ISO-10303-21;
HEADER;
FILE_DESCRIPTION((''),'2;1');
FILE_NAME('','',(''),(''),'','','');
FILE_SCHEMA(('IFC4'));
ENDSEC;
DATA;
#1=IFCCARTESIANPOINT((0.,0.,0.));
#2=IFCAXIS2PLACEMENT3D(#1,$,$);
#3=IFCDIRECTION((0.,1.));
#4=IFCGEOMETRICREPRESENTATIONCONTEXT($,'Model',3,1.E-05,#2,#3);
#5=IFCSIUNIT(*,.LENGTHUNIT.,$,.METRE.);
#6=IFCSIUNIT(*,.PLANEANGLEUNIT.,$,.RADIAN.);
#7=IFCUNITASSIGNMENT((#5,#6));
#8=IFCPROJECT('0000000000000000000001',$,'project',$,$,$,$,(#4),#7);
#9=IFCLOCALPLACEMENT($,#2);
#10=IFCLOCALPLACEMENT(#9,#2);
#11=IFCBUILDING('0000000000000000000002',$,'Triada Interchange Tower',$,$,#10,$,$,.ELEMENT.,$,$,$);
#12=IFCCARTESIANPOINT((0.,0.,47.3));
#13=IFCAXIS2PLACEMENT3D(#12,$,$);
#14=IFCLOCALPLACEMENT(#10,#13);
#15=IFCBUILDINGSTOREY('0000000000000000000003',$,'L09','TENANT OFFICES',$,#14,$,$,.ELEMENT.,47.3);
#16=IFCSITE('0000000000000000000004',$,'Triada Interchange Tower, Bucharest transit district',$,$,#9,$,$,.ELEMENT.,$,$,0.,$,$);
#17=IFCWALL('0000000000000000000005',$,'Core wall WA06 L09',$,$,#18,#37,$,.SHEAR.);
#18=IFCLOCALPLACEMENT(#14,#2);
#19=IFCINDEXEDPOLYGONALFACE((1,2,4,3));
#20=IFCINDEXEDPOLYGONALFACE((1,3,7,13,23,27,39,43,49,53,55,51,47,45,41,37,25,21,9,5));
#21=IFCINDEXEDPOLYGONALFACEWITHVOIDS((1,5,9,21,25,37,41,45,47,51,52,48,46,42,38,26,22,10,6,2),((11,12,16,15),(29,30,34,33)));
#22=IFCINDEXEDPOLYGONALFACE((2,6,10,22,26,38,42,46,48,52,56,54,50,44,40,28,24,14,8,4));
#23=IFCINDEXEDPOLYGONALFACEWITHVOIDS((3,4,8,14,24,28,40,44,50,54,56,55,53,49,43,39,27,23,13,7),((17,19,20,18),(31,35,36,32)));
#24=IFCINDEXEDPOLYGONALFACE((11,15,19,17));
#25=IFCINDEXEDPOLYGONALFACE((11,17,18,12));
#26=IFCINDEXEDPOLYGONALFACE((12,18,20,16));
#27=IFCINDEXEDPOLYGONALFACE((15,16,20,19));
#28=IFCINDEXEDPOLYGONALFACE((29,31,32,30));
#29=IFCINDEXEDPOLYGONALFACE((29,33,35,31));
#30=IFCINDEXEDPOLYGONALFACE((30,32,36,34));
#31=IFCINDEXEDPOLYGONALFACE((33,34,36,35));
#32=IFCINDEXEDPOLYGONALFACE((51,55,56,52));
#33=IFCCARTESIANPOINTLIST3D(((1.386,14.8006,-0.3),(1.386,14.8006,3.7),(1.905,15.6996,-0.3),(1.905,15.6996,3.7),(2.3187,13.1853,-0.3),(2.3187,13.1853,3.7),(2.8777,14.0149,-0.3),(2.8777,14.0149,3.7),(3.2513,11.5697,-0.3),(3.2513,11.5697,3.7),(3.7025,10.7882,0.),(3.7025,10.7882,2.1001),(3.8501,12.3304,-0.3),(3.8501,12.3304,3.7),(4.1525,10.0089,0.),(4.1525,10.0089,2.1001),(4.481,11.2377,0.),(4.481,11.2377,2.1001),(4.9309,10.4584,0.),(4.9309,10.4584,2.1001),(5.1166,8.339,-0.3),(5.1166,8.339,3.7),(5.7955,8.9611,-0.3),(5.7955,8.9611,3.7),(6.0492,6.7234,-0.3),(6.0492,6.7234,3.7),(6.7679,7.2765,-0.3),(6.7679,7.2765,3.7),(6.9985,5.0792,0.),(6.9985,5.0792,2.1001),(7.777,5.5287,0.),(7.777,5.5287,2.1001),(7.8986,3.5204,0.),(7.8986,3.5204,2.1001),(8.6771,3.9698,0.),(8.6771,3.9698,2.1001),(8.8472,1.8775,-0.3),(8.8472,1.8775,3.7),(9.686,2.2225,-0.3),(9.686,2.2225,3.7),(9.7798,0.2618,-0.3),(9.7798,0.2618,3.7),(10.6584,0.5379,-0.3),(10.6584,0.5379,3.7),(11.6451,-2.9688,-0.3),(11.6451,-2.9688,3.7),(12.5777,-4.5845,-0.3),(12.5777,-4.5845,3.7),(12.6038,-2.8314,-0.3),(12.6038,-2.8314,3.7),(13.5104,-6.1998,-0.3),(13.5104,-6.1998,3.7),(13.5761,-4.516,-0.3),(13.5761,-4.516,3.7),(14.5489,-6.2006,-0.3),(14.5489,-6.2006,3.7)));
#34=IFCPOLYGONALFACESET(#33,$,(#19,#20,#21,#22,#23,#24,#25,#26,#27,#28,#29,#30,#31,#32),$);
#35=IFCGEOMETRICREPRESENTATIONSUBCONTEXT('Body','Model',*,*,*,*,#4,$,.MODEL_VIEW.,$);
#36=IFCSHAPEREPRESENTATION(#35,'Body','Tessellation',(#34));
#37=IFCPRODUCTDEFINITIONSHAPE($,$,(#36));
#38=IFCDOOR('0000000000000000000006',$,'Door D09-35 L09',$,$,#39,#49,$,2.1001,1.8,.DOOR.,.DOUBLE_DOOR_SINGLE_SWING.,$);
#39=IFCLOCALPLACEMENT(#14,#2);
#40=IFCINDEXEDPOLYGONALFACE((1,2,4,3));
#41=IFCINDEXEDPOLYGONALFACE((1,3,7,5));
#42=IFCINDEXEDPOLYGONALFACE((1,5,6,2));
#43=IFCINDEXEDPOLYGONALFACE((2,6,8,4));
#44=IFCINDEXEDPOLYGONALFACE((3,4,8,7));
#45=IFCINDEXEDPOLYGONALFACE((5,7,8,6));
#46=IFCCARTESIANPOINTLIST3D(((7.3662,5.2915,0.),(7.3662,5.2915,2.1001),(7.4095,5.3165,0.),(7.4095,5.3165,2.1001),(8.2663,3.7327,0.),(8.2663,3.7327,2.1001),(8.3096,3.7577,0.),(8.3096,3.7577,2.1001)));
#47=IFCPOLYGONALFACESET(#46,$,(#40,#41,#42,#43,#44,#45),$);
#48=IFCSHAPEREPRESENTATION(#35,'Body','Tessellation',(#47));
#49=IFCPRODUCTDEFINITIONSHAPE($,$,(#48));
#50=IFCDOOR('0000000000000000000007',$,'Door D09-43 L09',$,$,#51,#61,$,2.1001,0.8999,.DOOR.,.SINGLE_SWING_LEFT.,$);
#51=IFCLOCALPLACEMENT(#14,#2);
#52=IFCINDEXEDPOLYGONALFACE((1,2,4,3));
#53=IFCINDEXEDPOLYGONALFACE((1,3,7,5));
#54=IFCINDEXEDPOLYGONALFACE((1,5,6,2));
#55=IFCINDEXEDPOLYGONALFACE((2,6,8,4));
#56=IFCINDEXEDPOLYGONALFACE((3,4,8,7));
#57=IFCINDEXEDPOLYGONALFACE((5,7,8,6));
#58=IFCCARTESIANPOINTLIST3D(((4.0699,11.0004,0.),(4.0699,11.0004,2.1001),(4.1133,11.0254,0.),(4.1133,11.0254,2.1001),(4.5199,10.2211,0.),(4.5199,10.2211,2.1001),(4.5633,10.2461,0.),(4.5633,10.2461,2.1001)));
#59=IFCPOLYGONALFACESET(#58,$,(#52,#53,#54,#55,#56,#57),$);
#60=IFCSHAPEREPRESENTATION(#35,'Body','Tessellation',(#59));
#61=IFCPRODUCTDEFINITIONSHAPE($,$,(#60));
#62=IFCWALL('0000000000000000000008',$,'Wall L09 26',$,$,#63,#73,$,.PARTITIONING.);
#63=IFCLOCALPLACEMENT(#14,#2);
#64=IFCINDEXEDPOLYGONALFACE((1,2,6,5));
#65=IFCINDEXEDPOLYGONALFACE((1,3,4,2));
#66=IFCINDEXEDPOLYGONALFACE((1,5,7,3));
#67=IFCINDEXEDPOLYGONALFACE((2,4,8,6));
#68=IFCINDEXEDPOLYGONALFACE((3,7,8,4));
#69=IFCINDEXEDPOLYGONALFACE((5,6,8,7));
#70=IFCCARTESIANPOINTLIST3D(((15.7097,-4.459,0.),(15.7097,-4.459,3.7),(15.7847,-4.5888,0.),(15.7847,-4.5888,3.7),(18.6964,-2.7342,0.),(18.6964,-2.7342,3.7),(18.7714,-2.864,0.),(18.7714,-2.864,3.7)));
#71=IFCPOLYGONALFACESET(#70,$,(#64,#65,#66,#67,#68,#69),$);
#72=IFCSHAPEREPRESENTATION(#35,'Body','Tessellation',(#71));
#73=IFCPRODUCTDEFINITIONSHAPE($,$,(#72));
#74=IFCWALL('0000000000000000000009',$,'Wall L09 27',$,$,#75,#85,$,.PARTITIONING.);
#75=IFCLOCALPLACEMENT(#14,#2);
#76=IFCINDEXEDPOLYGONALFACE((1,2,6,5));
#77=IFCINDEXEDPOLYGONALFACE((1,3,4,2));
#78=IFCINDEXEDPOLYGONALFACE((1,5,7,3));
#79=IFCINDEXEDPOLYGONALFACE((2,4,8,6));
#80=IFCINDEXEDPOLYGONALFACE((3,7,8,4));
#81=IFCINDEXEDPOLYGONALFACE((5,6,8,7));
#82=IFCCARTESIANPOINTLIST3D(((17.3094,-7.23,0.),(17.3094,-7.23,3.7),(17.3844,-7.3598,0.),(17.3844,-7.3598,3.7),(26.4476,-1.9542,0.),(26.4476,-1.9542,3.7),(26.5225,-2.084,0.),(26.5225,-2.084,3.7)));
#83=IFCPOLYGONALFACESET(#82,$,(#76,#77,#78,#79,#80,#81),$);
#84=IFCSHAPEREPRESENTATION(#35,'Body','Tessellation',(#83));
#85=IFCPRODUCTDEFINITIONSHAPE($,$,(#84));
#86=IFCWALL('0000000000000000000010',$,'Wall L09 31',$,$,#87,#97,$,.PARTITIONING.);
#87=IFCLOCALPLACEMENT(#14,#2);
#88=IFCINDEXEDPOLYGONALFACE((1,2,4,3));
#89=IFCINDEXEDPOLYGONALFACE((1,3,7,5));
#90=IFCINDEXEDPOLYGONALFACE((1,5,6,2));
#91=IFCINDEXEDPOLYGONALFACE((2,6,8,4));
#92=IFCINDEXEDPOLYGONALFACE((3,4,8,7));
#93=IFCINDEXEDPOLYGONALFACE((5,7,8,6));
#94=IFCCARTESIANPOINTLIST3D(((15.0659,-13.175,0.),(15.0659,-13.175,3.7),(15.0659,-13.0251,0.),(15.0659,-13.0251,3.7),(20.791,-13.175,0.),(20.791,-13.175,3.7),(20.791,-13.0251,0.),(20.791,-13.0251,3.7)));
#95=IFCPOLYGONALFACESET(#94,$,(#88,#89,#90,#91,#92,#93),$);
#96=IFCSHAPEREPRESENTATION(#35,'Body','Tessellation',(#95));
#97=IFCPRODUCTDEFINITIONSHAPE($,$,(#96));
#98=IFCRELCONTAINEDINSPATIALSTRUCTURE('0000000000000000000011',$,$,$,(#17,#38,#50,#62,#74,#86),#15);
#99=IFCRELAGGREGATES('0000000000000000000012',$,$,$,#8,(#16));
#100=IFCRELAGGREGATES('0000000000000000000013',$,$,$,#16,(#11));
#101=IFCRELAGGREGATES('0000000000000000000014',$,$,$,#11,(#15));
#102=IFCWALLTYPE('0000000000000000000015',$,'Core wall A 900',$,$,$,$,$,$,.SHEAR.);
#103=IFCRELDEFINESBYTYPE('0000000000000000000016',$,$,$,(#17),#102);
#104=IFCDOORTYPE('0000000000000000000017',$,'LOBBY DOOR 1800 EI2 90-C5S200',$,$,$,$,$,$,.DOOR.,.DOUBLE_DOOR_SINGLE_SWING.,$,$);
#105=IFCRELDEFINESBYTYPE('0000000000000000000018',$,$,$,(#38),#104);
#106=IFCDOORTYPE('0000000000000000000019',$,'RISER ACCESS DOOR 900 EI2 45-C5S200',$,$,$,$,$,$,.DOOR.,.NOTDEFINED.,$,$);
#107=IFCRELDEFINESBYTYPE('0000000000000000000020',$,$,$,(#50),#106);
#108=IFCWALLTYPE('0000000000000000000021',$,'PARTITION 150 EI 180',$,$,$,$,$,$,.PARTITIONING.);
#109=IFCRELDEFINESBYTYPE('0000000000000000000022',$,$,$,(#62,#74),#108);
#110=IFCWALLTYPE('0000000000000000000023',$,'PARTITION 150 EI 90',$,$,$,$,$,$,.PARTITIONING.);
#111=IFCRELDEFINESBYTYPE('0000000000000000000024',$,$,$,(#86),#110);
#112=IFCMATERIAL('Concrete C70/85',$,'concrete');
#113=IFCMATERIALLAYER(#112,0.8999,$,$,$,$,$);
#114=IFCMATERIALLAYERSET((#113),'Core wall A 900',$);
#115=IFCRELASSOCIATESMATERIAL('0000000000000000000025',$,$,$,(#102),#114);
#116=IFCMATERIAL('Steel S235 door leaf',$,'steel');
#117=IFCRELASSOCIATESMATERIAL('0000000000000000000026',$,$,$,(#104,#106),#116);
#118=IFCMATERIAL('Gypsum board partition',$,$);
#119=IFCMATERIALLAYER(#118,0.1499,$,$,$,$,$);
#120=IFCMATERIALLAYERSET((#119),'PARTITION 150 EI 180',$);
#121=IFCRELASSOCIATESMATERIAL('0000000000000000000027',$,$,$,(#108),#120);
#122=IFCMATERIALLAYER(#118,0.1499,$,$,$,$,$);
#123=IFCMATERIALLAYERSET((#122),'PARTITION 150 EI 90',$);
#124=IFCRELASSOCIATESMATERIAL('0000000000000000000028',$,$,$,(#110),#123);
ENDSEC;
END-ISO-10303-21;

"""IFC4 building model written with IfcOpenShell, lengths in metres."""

from ifc_helpers import new_model, si_unit, direction, frame, frame_2d, origin, place, context, subcontext, project, spatial, polyline, rectangle, outline, extrude, material, layer, layer_set, type_object, element, fill, save


model = new_model("IFC4")

# Units and contexts
model_context = context("Model", 3, precision=1e-05, world=origin(), true_north=direction((0.0, 1.0)))
body_context = subcontext(model_context, "Body", "Model", "MODEL_VIEW")
ifc_project = project(units=[si_unit("LENGTHUNIT", "METRE"), si_unit("PLANEANGLEUNIT", "RADIAN")], contexts=[model_context])

# Site, building, storey
site_placement = place(None, origin())
site = spatial("IfcSite", under=ifc_project, at=site_placement, Name="Triada Interchange Tower, Bucharest transit district", CompositionType="ELEMENT", RefElevation=0.0)
building_placement = place(site_placement, origin())
building = spatial("IfcBuilding", under=site, at=building_placement, Name="Triada Interchange Tower", CompositionType="ELEMENT")
storey_placement = place(building_placement, frame((0.0, 0.0, 47.3)))
storey = spatial("IfcBuildingStorey", under=building, at=storey_placement, Name="L09", Description="TENANT OFFICES", CompositionType="ELEMENT", Elevation=47.3)

# Shared definitions
ifc_material_1 = material(Name="Steel S235 door leaf", Category="steel")

# Shared definitions
ifc_material_2 = material(Name="Concrete C70/85", Category="concrete")
ifc_layer_1 = layer(ifc_material_2, 0.8999)
ifc_layer_set_1 = layer_set([ifc_layer_1], Name="Core wall A 900")
wall_type_1 = type_object("IfcWallType", Name="Core wall A 900", PredefinedType="SHEAR", material=ifc_layer_set_1)

# Wall, openings, doors
wall_1_placement = place(storey_placement, frame((14.03, -6.2, -0.3), z_axis=(0.0, 0.0, 1.0), x_axis=(-0.500026, 0.86601, 0.0)))
wall_1 = element("IfcWall", 1, at=wall_1_placement, inside=storey, type_object=wall_type_1, Name="Core wall WA06 L09", PredefinedType="SHEAR", context=body_context, shape_type="SweptSolid", body=[
    extrude(outline(polyline([(-0.26, -0.449), (1.6853, -0.449), (3.6304, -0.4492), (5.5757, -0.4492), (7.521, -0.4492), (9.4661, -0.4495), (11.4114, -0.4495), (13.3567, -0.4495), (15.302, -0.4495), (17.2471, -0.4497), (19.1924, -0.4497), (21.1377, -0.4497), (23.0828, -0.45), (25.0281, -0.45), (24.509, 0.449), (22.6438, 0.449), (20.7783, 0.4492), (18.9131, 0.4492), (17.0479, 0.4492), (15.1824, 0.4495), (13.3171, 0.4495), (11.4519, 0.4495), (9.5867, 0.4495), (7.7212, 0.4497), (5.856, 0.4497), (3.9907, 0.4497), (2.1252, 0.45), (0.26, 0.45), (-0.26, -0.449)])), origin(), (0.0, 0.0, 1.0), 4.0),
])
opening_1_placement = place(wall_1_placement, frame((11.4839, 0.0, 0.3)))
opening_1 = element("IfcOpeningElement", 2, at=opening_1_placement, cuts=wall_1, PredefinedType="OPENING", context=body_context, shape_type="SweptSolid", body=[
    extrude(rectangle(XDim=1.8, YDim=2.1001, at=frame_2d((0.8999, 1.05))), frame((0.0, 0.46, 0.0), z_axis=(0.0, -1.0, 0.0), x_axis=(1.0, 0.0, 0.0)), (0.0, 0.0, 1.0), 0.9199),
])
opening_2_placement = place(wall_1_placement, frame((18.9761, 0.0, 0.3)))
opening_2 = element("IfcOpeningElement", 3, at=opening_2_placement, cuts=wall_1, PredefinedType="OPENING", context=body_context, shape_type="SweptSolid", body=[
    extrude(rectangle(XDim=0.8999, YDim=2.1001, at=frame_2d((0.45, 1.05))), frame((0.0, 0.46, 0.0), z_axis=(0.0, -1.0, 0.0), x_axis=(1.0, 0.0, 0.0)), (0.0, 0.0, 1.0), 0.9199),
])
door_type_1 = type_object("IfcDoorType", Name="LOBBY DOOR 1800 EI2 90-C5S200", OperationType="DOUBLE_DOOR_SINGLE_SWING", PredefinedType="DOOR", material=ifc_material_1)
door_1_placement = place(opening_1_placement, origin())
door_1 = element("IfcDoor", 4, at=door_1_placement, inside=storey, type_object=door_type_1, Name="Door D09-35 L09", OperationType="DOUBLE_DOOR_SINGLE_SWING", OverallHeight=2.1001, OverallWidth=1.8, PredefinedType="DOOR", context=body_context, shape_type="SweptSolid", body=[
    extrude(rectangle(XDim=1.8, YDim=2.1001, at=frame_2d((0.8999, 1.05))), frame((0.0, 0.0249, 0.0), z_axis=(0.0, -1.0, 0.0), x_axis=(1.0, 0.0, 0.0)), (0.0, 0.0, 1.0), 0.05),
])
fill(opening_1, door_1)
door_type_2 = type_object("IfcDoorType", Name="RISER ACCESS DOOR 900 EI2 45-C5S200", OperationType="NOTDEFINED", PredefinedType="DOOR", material=ifc_material_1)
door_2_placement = place(opening_2_placement, origin())
door_2 = element("IfcDoor", 5, at=door_2_placement, inside=storey, type_object=door_type_2, Name="Door D09-43 L09", OperationType="SINGLE_SWING_LEFT", OverallHeight=2.1001, OverallWidth=0.8999, PredefinedType="DOOR", context=body_context, shape_type="SweptSolid", body=[
    extrude(rectangle(XDim=0.8999, YDim=2.1001, at=frame_2d((0.45, 1.05))), frame((0.0, 0.0249, 0.0), z_axis=(0.0, -1.0, 0.0), x_axis=(1.0, 0.0, 0.0)), (0.0, 0.0, 1.0), 0.05),
])
fill(opening_2, door_2)

# Walls
ifc_material_3 = material(Name="Gypsum board partition")
ifc_layer_2 = layer(ifc_material_3, 0.1499)
ifc_layer_set_2 = layer_set([ifc_layer_2], Name="PARTITION 150 EI 180")
wall_type_2 = type_object("IfcWallType", Name="PARTITION 150 EI 180", PredefinedType="PARTITIONING", material=ifc_layer_set_2)
wall_2_placement = place(storey_placement, frame((15.7471, -4.5239, 0.0), z_axis=(0.0, 0.0, 1.0), x_axis=(0.865973, 0.50009, 0.0)))
element("IfcWall", 6, at=wall_2_placement, inside=storey, type_object=wall_type_2, Name="Wall L09 26", PredefinedType="PARTITIONING", context=body_context, shape_type="SweptSolid", body=[
    extrude(rectangle(XDim=3.449, YDim=0.1499, at=frame_2d((1.7246, 0.0))), origin(), (0.0, 0.0, 1.0), 3.7),
])
wall_3_placement = place(storey_placement, frame((17.3469, -7.2949, 0.0), z_axis=(0.0, 0.0, 1.0), x_axis=(0.866028, 0.499996, 0.0)))
element("IfcWall", 7, at=wall_3_placement, inside=storey, type_object=wall_type_2, Name="Wall L09 27", PredefinedType="PARTITIONING", context=body_context, shape_type="SweptSolid", body=[
    extrude(rectangle(XDim=10.5518, YDim=0.1499, at=frame_2d((5.2759, 0.0))), origin(), (0.0, 0.0, 1.0), 3.7),
])
ifc_layer_3 = layer(ifc_material_3, 0.1499)
ifc_layer_set_3 = layer_set([ifc_layer_3], Name="PARTITION 150 EI 90")
wall_type_3 = type_object("IfcWallType", Name="PARTITION 150 EI 90", PredefinedType="PARTITIONING", material=ifc_layer_set_3)
wall_4_placement = place(storey_placement, frame((15.0659, -13.1001, 0.0), z_axis=(0.0, 0.0, 1.0), x_axis=(1.0, 0.0, 0.0)))
element("IfcWall", 8, at=wall_4_placement, inside=storey, type_object=wall_type_3, Name="Wall L09 31", PredefinedType="PARTITIONING", context=body_context, shape_type="SweptSolid", body=[
    extrude(rectangle(XDim=5.7251, YDim=0.1499, at=frame_2d((2.8625, 0.0))), origin(), (0.0, 0.0, 1.0), 3.7),
])

save(model, "model.ifc")
